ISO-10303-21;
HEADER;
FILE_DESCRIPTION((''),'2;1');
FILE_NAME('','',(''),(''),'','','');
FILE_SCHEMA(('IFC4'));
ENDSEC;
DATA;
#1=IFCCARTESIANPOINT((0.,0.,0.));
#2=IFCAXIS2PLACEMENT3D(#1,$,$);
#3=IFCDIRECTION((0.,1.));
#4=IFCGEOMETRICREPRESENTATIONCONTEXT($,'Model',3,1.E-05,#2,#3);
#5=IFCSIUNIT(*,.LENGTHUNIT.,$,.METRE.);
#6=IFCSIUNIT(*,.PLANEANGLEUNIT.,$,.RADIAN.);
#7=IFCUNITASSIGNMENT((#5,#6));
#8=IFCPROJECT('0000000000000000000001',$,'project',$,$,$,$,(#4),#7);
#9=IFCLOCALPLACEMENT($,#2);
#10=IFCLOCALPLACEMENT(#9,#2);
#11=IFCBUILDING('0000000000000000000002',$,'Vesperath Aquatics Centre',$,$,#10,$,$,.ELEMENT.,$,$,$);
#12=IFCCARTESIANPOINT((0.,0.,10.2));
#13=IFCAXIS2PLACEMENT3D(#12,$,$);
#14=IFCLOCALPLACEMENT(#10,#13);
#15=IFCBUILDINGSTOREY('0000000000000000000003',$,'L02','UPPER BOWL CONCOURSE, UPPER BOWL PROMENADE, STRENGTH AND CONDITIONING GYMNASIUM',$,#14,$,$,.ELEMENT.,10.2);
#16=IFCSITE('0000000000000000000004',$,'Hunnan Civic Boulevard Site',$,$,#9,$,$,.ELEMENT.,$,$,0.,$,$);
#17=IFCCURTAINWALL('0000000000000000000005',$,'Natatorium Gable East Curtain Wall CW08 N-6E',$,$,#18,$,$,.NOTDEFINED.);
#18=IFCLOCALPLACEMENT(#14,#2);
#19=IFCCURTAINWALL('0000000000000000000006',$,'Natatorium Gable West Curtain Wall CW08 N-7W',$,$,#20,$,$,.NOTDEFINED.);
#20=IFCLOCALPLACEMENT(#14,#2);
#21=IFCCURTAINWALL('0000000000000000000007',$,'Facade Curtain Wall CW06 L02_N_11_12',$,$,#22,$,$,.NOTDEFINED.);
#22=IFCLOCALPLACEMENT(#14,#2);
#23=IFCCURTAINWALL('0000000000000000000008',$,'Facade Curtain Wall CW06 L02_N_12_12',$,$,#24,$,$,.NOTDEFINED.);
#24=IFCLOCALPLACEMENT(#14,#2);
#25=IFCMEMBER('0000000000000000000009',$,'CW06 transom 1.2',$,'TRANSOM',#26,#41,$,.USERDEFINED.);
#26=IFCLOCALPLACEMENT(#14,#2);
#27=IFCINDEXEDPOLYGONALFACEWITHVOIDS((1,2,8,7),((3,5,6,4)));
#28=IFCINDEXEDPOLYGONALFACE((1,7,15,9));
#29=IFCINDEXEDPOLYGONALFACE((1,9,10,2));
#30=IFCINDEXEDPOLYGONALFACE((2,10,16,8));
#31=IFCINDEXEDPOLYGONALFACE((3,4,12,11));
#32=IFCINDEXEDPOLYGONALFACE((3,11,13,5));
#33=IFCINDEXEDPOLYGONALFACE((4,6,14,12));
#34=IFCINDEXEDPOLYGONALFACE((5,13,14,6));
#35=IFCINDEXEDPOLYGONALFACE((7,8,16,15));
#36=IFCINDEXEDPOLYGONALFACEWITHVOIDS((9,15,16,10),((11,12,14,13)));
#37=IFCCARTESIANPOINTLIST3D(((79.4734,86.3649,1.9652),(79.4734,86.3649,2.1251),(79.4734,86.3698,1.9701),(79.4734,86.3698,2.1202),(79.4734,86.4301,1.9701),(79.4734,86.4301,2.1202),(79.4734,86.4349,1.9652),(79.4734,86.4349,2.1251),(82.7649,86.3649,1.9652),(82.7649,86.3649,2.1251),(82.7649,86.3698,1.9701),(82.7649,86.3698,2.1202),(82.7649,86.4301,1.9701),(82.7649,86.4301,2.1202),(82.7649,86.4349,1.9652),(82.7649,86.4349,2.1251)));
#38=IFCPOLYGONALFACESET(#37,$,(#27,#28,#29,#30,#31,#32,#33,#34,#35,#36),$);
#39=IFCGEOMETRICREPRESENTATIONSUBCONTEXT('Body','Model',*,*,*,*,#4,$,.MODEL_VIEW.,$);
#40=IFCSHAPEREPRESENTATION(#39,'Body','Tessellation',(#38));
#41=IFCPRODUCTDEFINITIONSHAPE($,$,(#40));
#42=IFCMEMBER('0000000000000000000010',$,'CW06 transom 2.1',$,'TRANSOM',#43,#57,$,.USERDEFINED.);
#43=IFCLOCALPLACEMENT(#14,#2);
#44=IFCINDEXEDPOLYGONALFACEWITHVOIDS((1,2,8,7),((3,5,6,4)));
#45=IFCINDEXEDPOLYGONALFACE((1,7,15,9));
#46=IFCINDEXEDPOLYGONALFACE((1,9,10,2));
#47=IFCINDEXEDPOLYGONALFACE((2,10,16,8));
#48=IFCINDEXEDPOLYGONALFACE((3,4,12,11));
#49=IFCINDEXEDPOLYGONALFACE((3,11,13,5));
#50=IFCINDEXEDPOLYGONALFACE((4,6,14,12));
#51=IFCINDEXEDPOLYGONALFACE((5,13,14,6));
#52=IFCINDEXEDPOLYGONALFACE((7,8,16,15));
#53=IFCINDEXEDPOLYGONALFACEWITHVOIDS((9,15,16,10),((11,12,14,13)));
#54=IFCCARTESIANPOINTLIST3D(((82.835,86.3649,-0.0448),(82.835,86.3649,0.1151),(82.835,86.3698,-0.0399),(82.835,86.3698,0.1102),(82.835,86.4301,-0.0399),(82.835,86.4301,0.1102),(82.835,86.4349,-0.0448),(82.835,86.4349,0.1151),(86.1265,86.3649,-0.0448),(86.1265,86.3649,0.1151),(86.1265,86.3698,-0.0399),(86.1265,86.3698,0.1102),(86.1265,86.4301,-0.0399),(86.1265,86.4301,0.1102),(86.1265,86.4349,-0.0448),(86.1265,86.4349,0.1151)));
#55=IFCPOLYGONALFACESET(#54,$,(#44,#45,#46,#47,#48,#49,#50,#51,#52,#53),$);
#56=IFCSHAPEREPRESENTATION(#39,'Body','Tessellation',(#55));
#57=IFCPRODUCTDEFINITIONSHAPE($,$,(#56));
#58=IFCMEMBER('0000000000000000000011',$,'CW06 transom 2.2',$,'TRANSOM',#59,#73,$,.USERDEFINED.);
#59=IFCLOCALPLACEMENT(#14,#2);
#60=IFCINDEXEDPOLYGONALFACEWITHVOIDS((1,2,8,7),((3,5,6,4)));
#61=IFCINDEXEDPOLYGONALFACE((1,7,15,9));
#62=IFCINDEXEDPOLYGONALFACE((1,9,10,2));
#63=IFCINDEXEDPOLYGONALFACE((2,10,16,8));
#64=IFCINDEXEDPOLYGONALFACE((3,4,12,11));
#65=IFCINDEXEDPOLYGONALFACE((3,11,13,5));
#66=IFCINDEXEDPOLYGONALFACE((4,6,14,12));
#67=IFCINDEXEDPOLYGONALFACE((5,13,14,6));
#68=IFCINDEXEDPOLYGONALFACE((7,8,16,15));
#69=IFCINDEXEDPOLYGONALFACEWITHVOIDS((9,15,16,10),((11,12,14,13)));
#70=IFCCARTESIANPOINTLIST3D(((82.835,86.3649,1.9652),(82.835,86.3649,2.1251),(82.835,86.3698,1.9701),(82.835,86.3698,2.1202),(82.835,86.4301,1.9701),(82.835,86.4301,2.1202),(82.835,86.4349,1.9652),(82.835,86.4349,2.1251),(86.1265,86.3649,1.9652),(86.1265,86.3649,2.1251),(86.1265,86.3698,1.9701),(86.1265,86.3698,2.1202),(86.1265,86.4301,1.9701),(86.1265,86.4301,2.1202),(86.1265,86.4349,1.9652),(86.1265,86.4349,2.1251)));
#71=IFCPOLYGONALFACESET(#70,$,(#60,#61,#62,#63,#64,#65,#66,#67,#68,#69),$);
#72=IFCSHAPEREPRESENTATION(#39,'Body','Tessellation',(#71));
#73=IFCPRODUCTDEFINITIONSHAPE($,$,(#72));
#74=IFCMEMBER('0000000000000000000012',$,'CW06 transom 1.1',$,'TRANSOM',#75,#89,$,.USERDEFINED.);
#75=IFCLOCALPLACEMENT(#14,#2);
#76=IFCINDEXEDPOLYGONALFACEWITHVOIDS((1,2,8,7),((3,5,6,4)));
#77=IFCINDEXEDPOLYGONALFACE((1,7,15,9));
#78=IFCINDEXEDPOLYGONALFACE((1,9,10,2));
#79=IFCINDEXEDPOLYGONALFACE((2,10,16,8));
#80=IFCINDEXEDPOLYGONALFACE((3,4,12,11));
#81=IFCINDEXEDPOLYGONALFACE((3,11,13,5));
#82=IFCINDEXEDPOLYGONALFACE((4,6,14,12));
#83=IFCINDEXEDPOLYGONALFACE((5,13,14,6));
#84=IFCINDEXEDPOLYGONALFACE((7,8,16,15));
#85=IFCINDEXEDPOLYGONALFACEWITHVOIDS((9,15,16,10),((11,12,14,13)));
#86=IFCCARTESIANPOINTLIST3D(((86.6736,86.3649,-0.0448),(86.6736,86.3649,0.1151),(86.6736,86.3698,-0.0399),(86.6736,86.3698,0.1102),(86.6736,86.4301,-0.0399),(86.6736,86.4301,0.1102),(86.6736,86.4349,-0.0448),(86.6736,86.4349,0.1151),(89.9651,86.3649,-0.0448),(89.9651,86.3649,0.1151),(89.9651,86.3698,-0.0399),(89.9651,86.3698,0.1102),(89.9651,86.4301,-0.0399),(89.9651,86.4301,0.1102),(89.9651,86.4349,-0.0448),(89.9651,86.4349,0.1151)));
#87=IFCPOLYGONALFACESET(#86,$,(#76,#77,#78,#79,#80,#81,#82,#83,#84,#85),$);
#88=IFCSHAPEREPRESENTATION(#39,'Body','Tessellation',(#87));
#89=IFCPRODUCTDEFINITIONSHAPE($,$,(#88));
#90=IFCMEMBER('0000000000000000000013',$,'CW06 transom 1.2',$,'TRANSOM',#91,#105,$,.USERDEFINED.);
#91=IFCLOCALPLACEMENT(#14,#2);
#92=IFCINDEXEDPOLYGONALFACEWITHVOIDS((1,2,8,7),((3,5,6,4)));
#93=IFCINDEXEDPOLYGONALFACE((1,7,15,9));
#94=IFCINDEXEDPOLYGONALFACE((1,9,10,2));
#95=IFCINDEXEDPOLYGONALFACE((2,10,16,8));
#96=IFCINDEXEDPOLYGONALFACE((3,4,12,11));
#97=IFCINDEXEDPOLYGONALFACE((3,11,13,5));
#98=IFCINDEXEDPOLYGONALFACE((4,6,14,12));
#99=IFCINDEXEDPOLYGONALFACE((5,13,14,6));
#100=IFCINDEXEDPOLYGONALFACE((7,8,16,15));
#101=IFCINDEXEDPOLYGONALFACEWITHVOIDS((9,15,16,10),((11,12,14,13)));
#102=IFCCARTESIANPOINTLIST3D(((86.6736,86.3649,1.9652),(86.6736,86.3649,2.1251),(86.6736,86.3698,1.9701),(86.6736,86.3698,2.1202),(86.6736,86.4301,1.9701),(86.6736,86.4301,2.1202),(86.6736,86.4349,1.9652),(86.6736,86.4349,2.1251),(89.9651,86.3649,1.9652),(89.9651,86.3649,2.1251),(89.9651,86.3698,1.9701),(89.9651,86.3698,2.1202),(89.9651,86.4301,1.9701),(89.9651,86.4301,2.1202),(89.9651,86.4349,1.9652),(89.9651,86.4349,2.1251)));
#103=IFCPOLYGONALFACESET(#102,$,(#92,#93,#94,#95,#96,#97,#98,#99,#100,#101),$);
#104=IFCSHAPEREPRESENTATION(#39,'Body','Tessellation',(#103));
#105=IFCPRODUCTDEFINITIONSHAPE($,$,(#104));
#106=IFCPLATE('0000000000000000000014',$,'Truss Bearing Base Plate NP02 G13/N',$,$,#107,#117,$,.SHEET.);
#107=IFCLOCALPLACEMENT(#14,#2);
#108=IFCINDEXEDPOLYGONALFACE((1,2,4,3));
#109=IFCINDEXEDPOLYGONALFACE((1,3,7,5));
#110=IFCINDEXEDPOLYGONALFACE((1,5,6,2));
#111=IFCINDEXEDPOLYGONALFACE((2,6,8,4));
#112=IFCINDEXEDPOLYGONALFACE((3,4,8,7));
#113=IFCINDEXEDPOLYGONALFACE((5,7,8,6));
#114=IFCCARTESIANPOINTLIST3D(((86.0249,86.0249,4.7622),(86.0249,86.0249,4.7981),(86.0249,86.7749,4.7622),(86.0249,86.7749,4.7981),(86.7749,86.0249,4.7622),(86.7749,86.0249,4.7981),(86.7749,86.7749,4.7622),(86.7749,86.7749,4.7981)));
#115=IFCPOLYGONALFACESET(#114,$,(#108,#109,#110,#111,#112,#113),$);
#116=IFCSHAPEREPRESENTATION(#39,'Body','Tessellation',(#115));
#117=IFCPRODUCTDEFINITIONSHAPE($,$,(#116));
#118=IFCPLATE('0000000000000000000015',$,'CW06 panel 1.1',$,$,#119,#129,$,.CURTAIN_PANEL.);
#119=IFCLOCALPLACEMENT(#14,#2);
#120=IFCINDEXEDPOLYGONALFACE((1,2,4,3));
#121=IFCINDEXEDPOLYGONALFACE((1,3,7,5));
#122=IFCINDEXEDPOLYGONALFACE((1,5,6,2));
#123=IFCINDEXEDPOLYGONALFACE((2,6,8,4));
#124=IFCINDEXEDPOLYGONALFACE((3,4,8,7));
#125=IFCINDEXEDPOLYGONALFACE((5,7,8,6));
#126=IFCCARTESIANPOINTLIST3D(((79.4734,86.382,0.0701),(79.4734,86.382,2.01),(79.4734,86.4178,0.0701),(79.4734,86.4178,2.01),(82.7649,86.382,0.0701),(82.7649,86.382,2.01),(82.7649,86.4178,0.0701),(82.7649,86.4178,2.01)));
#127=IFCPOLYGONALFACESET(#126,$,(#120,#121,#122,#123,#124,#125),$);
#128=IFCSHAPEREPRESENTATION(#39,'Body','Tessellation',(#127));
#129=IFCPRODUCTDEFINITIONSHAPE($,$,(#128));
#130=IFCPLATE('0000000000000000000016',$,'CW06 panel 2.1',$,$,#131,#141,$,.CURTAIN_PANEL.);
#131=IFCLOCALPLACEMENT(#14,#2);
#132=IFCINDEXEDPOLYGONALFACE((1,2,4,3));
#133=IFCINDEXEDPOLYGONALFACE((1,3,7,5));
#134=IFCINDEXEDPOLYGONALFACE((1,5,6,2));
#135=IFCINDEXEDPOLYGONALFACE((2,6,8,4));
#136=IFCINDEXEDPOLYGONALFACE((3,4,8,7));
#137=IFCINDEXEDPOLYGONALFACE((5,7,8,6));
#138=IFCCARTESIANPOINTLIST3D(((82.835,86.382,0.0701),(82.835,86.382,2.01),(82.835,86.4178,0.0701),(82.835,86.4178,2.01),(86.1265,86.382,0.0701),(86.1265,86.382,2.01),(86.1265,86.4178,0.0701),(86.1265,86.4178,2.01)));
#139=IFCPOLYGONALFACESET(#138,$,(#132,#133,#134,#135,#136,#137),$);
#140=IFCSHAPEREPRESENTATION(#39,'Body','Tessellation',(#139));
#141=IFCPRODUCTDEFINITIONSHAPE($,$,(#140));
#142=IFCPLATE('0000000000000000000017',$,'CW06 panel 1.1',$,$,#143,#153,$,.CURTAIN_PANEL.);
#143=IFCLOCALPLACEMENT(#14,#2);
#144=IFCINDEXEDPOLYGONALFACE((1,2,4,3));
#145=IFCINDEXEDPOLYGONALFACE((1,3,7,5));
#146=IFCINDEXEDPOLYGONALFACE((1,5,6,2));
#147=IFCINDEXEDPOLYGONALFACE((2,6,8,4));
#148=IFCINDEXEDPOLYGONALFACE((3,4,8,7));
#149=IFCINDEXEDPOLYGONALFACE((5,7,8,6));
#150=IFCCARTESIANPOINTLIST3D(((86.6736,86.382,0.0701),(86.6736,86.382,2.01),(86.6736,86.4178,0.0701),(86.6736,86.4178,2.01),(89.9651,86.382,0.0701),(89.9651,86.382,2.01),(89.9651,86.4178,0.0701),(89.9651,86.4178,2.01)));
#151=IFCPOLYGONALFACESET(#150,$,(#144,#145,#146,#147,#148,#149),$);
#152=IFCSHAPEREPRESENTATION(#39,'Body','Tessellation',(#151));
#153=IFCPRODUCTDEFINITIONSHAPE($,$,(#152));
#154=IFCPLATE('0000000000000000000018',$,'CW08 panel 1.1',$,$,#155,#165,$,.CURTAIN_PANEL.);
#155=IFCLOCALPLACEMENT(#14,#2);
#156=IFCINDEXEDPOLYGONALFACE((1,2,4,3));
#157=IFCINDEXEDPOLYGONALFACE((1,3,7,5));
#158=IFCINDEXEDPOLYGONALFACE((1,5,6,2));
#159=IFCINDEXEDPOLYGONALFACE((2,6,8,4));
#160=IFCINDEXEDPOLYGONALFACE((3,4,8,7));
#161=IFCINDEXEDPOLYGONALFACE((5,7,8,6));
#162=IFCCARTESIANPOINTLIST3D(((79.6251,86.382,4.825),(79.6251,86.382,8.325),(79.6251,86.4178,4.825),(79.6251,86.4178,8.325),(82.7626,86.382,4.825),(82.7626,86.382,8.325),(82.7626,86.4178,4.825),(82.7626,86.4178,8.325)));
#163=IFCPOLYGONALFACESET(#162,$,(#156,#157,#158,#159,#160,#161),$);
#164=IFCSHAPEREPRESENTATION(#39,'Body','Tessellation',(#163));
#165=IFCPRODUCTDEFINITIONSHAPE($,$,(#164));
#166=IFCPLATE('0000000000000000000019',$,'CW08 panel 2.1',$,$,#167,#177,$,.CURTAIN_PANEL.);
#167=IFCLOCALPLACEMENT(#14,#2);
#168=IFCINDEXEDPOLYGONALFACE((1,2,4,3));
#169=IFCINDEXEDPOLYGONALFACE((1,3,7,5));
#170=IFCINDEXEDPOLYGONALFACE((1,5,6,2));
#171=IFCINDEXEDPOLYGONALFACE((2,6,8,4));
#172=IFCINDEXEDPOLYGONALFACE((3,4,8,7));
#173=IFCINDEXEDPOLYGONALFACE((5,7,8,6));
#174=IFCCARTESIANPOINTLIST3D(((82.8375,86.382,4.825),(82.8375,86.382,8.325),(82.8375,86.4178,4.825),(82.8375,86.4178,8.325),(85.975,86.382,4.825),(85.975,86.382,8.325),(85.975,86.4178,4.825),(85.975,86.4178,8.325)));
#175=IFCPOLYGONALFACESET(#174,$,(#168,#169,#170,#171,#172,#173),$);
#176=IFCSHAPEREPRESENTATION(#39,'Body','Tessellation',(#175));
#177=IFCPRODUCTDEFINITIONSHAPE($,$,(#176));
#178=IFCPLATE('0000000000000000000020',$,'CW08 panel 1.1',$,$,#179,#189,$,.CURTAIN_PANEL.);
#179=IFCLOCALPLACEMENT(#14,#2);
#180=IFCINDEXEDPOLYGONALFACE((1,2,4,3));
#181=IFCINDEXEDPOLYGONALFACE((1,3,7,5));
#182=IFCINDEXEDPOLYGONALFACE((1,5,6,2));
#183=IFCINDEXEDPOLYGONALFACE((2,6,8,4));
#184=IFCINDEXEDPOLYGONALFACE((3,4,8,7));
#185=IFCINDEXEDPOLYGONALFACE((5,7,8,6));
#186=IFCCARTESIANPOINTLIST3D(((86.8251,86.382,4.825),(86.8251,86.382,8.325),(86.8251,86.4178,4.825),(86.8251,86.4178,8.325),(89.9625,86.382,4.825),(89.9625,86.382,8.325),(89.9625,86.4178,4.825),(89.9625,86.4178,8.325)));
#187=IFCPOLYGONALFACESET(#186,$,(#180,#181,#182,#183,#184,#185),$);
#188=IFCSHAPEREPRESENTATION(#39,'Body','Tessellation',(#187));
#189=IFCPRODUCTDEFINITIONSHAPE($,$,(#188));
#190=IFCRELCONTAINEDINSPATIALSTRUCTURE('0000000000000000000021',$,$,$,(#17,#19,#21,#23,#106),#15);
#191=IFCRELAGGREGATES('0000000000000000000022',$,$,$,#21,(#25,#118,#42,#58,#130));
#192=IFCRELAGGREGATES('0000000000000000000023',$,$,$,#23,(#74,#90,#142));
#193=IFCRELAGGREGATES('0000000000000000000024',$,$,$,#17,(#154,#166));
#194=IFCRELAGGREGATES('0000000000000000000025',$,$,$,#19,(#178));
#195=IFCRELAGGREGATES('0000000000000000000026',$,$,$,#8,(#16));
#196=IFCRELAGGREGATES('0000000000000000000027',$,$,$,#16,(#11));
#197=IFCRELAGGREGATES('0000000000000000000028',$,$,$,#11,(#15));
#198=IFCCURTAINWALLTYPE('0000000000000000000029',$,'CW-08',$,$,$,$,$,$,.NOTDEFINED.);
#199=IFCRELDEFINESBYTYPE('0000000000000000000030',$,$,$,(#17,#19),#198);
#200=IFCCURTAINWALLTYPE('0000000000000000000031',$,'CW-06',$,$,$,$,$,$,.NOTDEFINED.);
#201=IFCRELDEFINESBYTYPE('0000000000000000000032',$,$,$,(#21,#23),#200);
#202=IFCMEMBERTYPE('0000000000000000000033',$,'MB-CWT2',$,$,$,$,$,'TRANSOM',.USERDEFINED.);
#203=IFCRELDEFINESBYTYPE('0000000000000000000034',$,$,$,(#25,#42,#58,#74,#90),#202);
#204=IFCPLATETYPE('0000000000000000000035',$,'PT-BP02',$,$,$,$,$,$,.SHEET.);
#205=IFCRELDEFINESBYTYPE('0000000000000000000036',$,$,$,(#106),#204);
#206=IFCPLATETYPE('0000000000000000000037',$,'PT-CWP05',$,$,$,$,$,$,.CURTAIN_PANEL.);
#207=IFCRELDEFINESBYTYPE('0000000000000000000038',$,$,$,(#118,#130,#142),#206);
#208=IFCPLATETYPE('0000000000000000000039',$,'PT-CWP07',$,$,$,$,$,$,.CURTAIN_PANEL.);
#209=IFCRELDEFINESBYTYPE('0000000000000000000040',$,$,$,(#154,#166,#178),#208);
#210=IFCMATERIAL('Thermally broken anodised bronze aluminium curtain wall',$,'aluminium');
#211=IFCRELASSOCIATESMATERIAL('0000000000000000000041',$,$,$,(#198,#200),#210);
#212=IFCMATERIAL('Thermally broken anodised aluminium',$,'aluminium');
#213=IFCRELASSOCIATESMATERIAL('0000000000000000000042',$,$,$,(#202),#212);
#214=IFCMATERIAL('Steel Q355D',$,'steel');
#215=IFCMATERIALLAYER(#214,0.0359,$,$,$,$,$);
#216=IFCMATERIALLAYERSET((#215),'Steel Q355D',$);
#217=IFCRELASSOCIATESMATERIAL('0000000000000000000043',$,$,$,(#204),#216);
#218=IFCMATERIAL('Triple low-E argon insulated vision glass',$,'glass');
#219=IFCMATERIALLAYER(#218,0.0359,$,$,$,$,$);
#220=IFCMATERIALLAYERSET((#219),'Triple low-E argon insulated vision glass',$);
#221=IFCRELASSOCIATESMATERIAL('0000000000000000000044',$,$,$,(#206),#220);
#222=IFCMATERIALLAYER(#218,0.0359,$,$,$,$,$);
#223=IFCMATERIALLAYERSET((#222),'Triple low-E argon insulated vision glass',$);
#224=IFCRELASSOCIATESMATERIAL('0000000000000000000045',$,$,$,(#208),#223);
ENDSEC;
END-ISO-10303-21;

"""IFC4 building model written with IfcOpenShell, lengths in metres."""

from ifc_helpers import new_model, si_unit, direction, frame, origin, origin_2d, place, context, subcontext, project, spatial, rectangle, hollow_rectangle, extrude, material, layer, layer_set, material_profile, profile_set, type_object, element, aggregate, save


model = new_model("IFC4")

# Units and contexts
model_context = context("Model", 3, precision=1e-05, world=origin(), true_north=direction((0.0, 1.0)))
body_context = subcontext(model_context, "Body", "Model", "MODEL_VIEW")
ifc_project = project(units=[si_unit("LENGTHUNIT", "METRE"), si_unit("PLANEANGLEUNIT", "RADIAN")], contexts=[model_context])

# Site, building, storey
site_placement = place(None, origin())
site = spatial("IfcSite", under=ifc_project, at=site_placement, Name="Hunnan Civic Boulevard Site", CompositionType="ELEMENT", RefElevation=0.0)
building_placement = place(site_placement, origin())
building = spatial("IfcBuilding", under=site, at=building_placement, Name="Vesperath Aquatics Centre", CompositionType="ELEMENT")
storey_placement = place(building_placement, frame((0.0, 0.0, 10.2)))
storey = spatial("IfcBuildingStorey", under=building, at=storey_placement, Name="L02", Description="UPPER BOWL CONCOURSE, UPPER BOWL PROMENADE, STRENGTH AND CONDITIONING GYMNASIUM", CompositionType="ELEMENT", Elevation=10.2)

# Shared definitions
ifc_material_1 = material(Name="Steel Q355D", Category="steel")

# Curtain wall
ifc_material_2 = material(Name="Thermally broken anodised bronze aluminium curtain wall", Category="aluminium")
curtain_wall_type_1 = type_object("IfcCurtainWallType", Name="CW-08", PredefinedType="NOTDEFINED", material=ifc_material_2)
curtain_wall_1_placement = place(storey_placement, origin())
curtain_wall_1 = element("IfcCurtainWall", 1, at=curtain_wall_1_placement, inside=storey, type_object=curtain_wall_type_1, Name="Natatorium Gable East Curtain Wall CW08 N-6E", PredefinedType="NOTDEFINED")
ifc_material_3 = material(Name="Thermally broken anodised aluminium", Category="aluminium")

# Curtain wall
curtain_wall_2_placement = place(storey_placement, origin())
curtain_wall_2 = element("IfcCurtainWall", 2, at=curtain_wall_2_placement, inside=storey, type_object=curtain_wall_type_1, Name="Natatorium Gable West Curtain Wall CW08 N-7W", PredefinedType="NOTDEFINED")

# Curtain walls
curtain_wall_type_2 = type_object("IfcCurtainWallType", Name="CW-06", PredefinedType="NOTDEFINED", material=ifc_material_2)
curtain_wall_3_placement = place(storey_placement, origin())
curtain_wall_3 = element("IfcCurtainWall", 3, at=curtain_wall_3_placement, inside=storey, type_object=curtain_wall_type_2, Name="Facade Curtain Wall CW06 L02_N_11_12", PredefinedType="NOTDEFINED")
curtain_wall_4_placement = place(storey_placement, origin())
curtain_wall_4 = element("IfcCurtainWall", 4, at=curtain_wall_4_placement, inside=storey, type_object=curtain_wall_type_2, Name="Facade Curtain Wall CW06 L02_N_12_12", PredefinedType="NOTDEFINED")

# Members
ifc_material_profile_1 = material_profile(ifc_material_3, hollow_rectangle(XDim=0.0701, YDim=0.1599, WallThickness=0.0049, at=origin_2d()), Name="CWT 70x160x5")
ifc_profile_set_1 = profile_set([ifc_material_profile_1], Name="Thermally broken anodised aluminium")
member_type_1 = type_object("IfcMemberType", Name="MB-CWT2", ElementType="TRANSOM", PredefinedType="USERDEFINED", material=ifc_profile_set_1)
member_1_placement = place(storey_placement, frame((79.4734, 86.3999, 2.0452), z_axis=(1.0, 0.0, 0.0), x_axis=(0.0, 1.0, 0.0)))
member_1 = element("IfcMember", 5, at=member_1_placement, type_object=member_type_1, Name="CW06 transom 1.2", ObjectType="TRANSOM", PredefinedType="USERDEFINED", context=body_context, shape_type="SweptSolid", body=[
    extrude(hollow_rectangle(XDim=0.0701, YDim=0.1599, WallThickness=0.0049, at=origin_2d()), origin(), (0.0, 0.0, 1.0), 3.2915),
])
member_2_placement = place(storey_placement, frame((82.835, 86.3999, 0.0352), z_axis=(1.0, 0.0, 0.0), x_axis=(0.0, 1.0, 0.0)))
member_2 = element("IfcMember", 6, at=member_2_placement, type_object=member_type_1, Name="CW06 transom 2.1", ObjectType="TRANSOM", PredefinedType="USERDEFINED", context=body_context, shape_type="SweptSolid", body=[
    extrude(hollow_rectangle(XDim=0.0701, YDim=0.1599, WallThickness=0.0049, at=origin_2d()), origin(), (0.0, 0.0, 1.0), 3.2915),
])
member_3_placement = place(storey_placement, frame((82.835, 86.3999, 2.0452), z_axis=(1.0, 0.0, 0.0), x_axis=(0.0, 1.0, 0.0)))
member_3 = element("IfcMember", 7, at=member_3_placement, type_object=member_type_1, Name="CW06 transom 2.2", ObjectType="TRANSOM", PredefinedType="USERDEFINED", context=body_context, shape_type="SweptSolid", body=[
    extrude(hollow_rectangle(XDim=0.0701, YDim=0.1599, WallThickness=0.0049, at=origin_2d()), origin(), (0.0, 0.0, 1.0), 3.2915),
])
member_4_placement = place(storey_placement, frame((86.6736, 86.3999, 0.0352), z_axis=(1.0, 0.0, 0.0), x_axis=(0.0, 1.0, 0.0)))
member_4 = element("IfcMember", 8, at=member_4_placement, type_object=member_type_1, Name="CW06 transom 1.1", ObjectType="TRANSOM", PredefinedType="USERDEFINED", context=body_context, shape_type="SweptSolid", body=[
    extrude(hollow_rectangle(XDim=0.0701, YDim=0.1599, WallThickness=0.0049, at=origin_2d()), origin(), (0.0, 0.0, 1.0), 3.2915),
])
member_5_placement = place(storey_placement, frame((86.6736, 86.3999, 2.0452), z_axis=(1.0, 0.0, 0.0), x_axis=(0.0, 1.0, 0.0)))
member_5 = element("IfcMember", 9, at=member_5_placement, type_object=member_type_1, Name="CW06 transom 1.2", ObjectType="TRANSOM", PredefinedType="USERDEFINED", context=body_context, shape_type="SweptSolid", body=[
    extrude(hollow_rectangle(XDim=0.0701, YDim=0.1599, WallThickness=0.0049, at=origin_2d()), origin(), (0.0, 0.0, 1.0), 3.2915),
])

# Plates
ifc_layer_1 = layer(ifc_material_1, 0.0359)
ifc_layer_set_1 = layer_set([ifc_layer_1], Name="Steel Q355D")
plate_type_1 = type_object("IfcPlateType", Name="PT-BP02", PredefinedType="SHEET", material=ifc_layer_set_1)
plate_1_placement = place(storey_placement, frame((86.3999, 86.3999, 4.7622), z_axis=(0.0, 0.0, 1.0), x_axis=(1.0, 0.0, 0.0)))
element("IfcPlate", 10, at=plate_1_placement, inside=storey, type_object=plate_type_1, Name="Truss Bearing Base Plate NP02 G13/N", PredefinedType="SHEET", context=body_context, shape_type="SweptSolid", body=[
    extrude(rectangle(XDim=0.75, YDim=0.75, at=origin_2d()), origin(), (0.0, 0.0, 1.0), 0.0359),
])
ifc_material_4 = material(Name="Triple low-E argon insulated vision glass", Category="glass")
ifc_layer_2 = layer(ifc_material_4, 0.0359)
ifc_layer_set_2 = layer_set([ifc_layer_2], Name="Triple low-E argon insulated vision glass")
plate_type_2 = type_object("IfcPlateType", Name="PT-CWP05", PredefinedType="CURTAIN_PANEL", material=ifc_layer_set_2)
plate_2_placement = place(storey_placement, frame((81.1191, 86.3999, 0.0701), z_axis=(0.0, 0.0, 1.0), x_axis=(1.0, 0.0, 0.0)))
plate_2 = element("IfcPlate", 11, at=plate_2_placement, type_object=plate_type_2, Name="CW06 panel 1.1", PredefinedType="CURTAIN_PANEL", context=body_context, shape_type="SweptSolid", body=[
    extrude(rectangle(XDim=3.2915, YDim=0.0359, at=origin_2d()), origin(), (0.0, 0.0, 1.0), 1.9399),
])
plate_3_placement = place(storey_placement, frame((84.4807, 86.3999, 0.0701), z_axis=(0.0, 0.0, 1.0), x_axis=(1.0, 0.0, 0.0)))
plate_3 = element("IfcPlate", 12, at=plate_3_placement, type_object=plate_type_2, Name="CW06 panel 2.1", PredefinedType="CURTAIN_PANEL", context=body_context, shape_type="SweptSolid", body=[
    extrude(rectangle(XDim=3.2915, YDim=0.0359, at=origin_2d()), origin(), (0.0, 0.0, 1.0), 1.9399),
])
aggregate(curtain_wall_3, [member_1, plate_2, member_2, member_3, plate_3])
plate_4_placement = place(storey_placement, frame((88.3193, 86.3999, 0.0701), z_axis=(0.0, 0.0, 1.0), x_axis=(1.0, 0.0, 0.0)))
plate_4 = element("IfcPlate", 13, at=plate_4_placement, type_object=plate_type_2, Name="CW06 panel 1.1", PredefinedType="CURTAIN_PANEL", context=body_context, shape_type="SweptSolid", body=[
    extrude(rectangle(XDim=3.2915, YDim=0.0359, at=origin_2d()), origin(), (0.0, 0.0, 1.0), 1.9399),
])
aggregate(curtain_wall_4, [member_4, member_5, plate_4])
ifc_layer_3 = layer(ifc_material_4, 0.0359)
ifc_layer_set_3 = layer_set([ifc_layer_3], Name="Triple low-E argon insulated vision glass")
plate_type_3 = type_object("IfcPlateType", Name="PT-CWP07", PredefinedType="CURTAIN_PANEL", material=ifc_layer_set_3)
plate_5_placement = place(storey_placement, frame((81.1938, 86.3999, 4.825), z_axis=(0.0, 0.0, 1.0), x_axis=(1.0, 0.0, 0.0)))
plate_5 = element("IfcPlate", 14, at=plate_5_placement, type_object=plate_type_3, Name="CW08 panel 1.1", PredefinedType="CURTAIN_PANEL", context=body_context, shape_type="SweptSolid", body=[
    extrude(rectangle(XDim=3.1375, YDim=0.0359, at=origin_2d()), origin(), (0.0, 0.0, 1.0), 3.5),
])
plate_6_placement = place(storey_placement, frame((84.4062, 86.3999, 4.825), z_axis=(0.0, 0.0, 1.0), x_axis=(1.0, 0.0, 0.0)))
plate_6 = element("IfcPlate", 15, at=plate_6_placement, type_object=plate_type_3, Name="CW08 panel 2.1", PredefinedType="CURTAIN_PANEL", context=body_context, shape_type="SweptSolid", body=[
    extrude(rectangle(XDim=3.1375, YDim=0.0359, at=origin_2d()), origin(), (0.0, 0.0, 1.0), 3.5),
])
aggregate(curtain_wall_1, [plate_5, plate_6])
plate_7_placement = place(storey_placement, frame((88.3938, 86.3999, 4.825), z_axis=(0.0, 0.0, 1.0), x_axis=(1.0, 0.0, 0.0)))
plate_7 = element("IfcPlate", 16, at=plate_7_placement, type_object=plate_type_3, Name="CW08 panel 1.1", PredefinedType="CURTAIN_PANEL", context=body_context, shape_type="SweptSolid", body=[
    extrude(rectangle(XDim=3.1375, YDim=0.0359, at=origin_2d()), origin(), (0.0, 0.0, 1.0), 3.5),
])
aggregate(curtain_wall_2, [plate_7])

save(model, "model.ifc")
